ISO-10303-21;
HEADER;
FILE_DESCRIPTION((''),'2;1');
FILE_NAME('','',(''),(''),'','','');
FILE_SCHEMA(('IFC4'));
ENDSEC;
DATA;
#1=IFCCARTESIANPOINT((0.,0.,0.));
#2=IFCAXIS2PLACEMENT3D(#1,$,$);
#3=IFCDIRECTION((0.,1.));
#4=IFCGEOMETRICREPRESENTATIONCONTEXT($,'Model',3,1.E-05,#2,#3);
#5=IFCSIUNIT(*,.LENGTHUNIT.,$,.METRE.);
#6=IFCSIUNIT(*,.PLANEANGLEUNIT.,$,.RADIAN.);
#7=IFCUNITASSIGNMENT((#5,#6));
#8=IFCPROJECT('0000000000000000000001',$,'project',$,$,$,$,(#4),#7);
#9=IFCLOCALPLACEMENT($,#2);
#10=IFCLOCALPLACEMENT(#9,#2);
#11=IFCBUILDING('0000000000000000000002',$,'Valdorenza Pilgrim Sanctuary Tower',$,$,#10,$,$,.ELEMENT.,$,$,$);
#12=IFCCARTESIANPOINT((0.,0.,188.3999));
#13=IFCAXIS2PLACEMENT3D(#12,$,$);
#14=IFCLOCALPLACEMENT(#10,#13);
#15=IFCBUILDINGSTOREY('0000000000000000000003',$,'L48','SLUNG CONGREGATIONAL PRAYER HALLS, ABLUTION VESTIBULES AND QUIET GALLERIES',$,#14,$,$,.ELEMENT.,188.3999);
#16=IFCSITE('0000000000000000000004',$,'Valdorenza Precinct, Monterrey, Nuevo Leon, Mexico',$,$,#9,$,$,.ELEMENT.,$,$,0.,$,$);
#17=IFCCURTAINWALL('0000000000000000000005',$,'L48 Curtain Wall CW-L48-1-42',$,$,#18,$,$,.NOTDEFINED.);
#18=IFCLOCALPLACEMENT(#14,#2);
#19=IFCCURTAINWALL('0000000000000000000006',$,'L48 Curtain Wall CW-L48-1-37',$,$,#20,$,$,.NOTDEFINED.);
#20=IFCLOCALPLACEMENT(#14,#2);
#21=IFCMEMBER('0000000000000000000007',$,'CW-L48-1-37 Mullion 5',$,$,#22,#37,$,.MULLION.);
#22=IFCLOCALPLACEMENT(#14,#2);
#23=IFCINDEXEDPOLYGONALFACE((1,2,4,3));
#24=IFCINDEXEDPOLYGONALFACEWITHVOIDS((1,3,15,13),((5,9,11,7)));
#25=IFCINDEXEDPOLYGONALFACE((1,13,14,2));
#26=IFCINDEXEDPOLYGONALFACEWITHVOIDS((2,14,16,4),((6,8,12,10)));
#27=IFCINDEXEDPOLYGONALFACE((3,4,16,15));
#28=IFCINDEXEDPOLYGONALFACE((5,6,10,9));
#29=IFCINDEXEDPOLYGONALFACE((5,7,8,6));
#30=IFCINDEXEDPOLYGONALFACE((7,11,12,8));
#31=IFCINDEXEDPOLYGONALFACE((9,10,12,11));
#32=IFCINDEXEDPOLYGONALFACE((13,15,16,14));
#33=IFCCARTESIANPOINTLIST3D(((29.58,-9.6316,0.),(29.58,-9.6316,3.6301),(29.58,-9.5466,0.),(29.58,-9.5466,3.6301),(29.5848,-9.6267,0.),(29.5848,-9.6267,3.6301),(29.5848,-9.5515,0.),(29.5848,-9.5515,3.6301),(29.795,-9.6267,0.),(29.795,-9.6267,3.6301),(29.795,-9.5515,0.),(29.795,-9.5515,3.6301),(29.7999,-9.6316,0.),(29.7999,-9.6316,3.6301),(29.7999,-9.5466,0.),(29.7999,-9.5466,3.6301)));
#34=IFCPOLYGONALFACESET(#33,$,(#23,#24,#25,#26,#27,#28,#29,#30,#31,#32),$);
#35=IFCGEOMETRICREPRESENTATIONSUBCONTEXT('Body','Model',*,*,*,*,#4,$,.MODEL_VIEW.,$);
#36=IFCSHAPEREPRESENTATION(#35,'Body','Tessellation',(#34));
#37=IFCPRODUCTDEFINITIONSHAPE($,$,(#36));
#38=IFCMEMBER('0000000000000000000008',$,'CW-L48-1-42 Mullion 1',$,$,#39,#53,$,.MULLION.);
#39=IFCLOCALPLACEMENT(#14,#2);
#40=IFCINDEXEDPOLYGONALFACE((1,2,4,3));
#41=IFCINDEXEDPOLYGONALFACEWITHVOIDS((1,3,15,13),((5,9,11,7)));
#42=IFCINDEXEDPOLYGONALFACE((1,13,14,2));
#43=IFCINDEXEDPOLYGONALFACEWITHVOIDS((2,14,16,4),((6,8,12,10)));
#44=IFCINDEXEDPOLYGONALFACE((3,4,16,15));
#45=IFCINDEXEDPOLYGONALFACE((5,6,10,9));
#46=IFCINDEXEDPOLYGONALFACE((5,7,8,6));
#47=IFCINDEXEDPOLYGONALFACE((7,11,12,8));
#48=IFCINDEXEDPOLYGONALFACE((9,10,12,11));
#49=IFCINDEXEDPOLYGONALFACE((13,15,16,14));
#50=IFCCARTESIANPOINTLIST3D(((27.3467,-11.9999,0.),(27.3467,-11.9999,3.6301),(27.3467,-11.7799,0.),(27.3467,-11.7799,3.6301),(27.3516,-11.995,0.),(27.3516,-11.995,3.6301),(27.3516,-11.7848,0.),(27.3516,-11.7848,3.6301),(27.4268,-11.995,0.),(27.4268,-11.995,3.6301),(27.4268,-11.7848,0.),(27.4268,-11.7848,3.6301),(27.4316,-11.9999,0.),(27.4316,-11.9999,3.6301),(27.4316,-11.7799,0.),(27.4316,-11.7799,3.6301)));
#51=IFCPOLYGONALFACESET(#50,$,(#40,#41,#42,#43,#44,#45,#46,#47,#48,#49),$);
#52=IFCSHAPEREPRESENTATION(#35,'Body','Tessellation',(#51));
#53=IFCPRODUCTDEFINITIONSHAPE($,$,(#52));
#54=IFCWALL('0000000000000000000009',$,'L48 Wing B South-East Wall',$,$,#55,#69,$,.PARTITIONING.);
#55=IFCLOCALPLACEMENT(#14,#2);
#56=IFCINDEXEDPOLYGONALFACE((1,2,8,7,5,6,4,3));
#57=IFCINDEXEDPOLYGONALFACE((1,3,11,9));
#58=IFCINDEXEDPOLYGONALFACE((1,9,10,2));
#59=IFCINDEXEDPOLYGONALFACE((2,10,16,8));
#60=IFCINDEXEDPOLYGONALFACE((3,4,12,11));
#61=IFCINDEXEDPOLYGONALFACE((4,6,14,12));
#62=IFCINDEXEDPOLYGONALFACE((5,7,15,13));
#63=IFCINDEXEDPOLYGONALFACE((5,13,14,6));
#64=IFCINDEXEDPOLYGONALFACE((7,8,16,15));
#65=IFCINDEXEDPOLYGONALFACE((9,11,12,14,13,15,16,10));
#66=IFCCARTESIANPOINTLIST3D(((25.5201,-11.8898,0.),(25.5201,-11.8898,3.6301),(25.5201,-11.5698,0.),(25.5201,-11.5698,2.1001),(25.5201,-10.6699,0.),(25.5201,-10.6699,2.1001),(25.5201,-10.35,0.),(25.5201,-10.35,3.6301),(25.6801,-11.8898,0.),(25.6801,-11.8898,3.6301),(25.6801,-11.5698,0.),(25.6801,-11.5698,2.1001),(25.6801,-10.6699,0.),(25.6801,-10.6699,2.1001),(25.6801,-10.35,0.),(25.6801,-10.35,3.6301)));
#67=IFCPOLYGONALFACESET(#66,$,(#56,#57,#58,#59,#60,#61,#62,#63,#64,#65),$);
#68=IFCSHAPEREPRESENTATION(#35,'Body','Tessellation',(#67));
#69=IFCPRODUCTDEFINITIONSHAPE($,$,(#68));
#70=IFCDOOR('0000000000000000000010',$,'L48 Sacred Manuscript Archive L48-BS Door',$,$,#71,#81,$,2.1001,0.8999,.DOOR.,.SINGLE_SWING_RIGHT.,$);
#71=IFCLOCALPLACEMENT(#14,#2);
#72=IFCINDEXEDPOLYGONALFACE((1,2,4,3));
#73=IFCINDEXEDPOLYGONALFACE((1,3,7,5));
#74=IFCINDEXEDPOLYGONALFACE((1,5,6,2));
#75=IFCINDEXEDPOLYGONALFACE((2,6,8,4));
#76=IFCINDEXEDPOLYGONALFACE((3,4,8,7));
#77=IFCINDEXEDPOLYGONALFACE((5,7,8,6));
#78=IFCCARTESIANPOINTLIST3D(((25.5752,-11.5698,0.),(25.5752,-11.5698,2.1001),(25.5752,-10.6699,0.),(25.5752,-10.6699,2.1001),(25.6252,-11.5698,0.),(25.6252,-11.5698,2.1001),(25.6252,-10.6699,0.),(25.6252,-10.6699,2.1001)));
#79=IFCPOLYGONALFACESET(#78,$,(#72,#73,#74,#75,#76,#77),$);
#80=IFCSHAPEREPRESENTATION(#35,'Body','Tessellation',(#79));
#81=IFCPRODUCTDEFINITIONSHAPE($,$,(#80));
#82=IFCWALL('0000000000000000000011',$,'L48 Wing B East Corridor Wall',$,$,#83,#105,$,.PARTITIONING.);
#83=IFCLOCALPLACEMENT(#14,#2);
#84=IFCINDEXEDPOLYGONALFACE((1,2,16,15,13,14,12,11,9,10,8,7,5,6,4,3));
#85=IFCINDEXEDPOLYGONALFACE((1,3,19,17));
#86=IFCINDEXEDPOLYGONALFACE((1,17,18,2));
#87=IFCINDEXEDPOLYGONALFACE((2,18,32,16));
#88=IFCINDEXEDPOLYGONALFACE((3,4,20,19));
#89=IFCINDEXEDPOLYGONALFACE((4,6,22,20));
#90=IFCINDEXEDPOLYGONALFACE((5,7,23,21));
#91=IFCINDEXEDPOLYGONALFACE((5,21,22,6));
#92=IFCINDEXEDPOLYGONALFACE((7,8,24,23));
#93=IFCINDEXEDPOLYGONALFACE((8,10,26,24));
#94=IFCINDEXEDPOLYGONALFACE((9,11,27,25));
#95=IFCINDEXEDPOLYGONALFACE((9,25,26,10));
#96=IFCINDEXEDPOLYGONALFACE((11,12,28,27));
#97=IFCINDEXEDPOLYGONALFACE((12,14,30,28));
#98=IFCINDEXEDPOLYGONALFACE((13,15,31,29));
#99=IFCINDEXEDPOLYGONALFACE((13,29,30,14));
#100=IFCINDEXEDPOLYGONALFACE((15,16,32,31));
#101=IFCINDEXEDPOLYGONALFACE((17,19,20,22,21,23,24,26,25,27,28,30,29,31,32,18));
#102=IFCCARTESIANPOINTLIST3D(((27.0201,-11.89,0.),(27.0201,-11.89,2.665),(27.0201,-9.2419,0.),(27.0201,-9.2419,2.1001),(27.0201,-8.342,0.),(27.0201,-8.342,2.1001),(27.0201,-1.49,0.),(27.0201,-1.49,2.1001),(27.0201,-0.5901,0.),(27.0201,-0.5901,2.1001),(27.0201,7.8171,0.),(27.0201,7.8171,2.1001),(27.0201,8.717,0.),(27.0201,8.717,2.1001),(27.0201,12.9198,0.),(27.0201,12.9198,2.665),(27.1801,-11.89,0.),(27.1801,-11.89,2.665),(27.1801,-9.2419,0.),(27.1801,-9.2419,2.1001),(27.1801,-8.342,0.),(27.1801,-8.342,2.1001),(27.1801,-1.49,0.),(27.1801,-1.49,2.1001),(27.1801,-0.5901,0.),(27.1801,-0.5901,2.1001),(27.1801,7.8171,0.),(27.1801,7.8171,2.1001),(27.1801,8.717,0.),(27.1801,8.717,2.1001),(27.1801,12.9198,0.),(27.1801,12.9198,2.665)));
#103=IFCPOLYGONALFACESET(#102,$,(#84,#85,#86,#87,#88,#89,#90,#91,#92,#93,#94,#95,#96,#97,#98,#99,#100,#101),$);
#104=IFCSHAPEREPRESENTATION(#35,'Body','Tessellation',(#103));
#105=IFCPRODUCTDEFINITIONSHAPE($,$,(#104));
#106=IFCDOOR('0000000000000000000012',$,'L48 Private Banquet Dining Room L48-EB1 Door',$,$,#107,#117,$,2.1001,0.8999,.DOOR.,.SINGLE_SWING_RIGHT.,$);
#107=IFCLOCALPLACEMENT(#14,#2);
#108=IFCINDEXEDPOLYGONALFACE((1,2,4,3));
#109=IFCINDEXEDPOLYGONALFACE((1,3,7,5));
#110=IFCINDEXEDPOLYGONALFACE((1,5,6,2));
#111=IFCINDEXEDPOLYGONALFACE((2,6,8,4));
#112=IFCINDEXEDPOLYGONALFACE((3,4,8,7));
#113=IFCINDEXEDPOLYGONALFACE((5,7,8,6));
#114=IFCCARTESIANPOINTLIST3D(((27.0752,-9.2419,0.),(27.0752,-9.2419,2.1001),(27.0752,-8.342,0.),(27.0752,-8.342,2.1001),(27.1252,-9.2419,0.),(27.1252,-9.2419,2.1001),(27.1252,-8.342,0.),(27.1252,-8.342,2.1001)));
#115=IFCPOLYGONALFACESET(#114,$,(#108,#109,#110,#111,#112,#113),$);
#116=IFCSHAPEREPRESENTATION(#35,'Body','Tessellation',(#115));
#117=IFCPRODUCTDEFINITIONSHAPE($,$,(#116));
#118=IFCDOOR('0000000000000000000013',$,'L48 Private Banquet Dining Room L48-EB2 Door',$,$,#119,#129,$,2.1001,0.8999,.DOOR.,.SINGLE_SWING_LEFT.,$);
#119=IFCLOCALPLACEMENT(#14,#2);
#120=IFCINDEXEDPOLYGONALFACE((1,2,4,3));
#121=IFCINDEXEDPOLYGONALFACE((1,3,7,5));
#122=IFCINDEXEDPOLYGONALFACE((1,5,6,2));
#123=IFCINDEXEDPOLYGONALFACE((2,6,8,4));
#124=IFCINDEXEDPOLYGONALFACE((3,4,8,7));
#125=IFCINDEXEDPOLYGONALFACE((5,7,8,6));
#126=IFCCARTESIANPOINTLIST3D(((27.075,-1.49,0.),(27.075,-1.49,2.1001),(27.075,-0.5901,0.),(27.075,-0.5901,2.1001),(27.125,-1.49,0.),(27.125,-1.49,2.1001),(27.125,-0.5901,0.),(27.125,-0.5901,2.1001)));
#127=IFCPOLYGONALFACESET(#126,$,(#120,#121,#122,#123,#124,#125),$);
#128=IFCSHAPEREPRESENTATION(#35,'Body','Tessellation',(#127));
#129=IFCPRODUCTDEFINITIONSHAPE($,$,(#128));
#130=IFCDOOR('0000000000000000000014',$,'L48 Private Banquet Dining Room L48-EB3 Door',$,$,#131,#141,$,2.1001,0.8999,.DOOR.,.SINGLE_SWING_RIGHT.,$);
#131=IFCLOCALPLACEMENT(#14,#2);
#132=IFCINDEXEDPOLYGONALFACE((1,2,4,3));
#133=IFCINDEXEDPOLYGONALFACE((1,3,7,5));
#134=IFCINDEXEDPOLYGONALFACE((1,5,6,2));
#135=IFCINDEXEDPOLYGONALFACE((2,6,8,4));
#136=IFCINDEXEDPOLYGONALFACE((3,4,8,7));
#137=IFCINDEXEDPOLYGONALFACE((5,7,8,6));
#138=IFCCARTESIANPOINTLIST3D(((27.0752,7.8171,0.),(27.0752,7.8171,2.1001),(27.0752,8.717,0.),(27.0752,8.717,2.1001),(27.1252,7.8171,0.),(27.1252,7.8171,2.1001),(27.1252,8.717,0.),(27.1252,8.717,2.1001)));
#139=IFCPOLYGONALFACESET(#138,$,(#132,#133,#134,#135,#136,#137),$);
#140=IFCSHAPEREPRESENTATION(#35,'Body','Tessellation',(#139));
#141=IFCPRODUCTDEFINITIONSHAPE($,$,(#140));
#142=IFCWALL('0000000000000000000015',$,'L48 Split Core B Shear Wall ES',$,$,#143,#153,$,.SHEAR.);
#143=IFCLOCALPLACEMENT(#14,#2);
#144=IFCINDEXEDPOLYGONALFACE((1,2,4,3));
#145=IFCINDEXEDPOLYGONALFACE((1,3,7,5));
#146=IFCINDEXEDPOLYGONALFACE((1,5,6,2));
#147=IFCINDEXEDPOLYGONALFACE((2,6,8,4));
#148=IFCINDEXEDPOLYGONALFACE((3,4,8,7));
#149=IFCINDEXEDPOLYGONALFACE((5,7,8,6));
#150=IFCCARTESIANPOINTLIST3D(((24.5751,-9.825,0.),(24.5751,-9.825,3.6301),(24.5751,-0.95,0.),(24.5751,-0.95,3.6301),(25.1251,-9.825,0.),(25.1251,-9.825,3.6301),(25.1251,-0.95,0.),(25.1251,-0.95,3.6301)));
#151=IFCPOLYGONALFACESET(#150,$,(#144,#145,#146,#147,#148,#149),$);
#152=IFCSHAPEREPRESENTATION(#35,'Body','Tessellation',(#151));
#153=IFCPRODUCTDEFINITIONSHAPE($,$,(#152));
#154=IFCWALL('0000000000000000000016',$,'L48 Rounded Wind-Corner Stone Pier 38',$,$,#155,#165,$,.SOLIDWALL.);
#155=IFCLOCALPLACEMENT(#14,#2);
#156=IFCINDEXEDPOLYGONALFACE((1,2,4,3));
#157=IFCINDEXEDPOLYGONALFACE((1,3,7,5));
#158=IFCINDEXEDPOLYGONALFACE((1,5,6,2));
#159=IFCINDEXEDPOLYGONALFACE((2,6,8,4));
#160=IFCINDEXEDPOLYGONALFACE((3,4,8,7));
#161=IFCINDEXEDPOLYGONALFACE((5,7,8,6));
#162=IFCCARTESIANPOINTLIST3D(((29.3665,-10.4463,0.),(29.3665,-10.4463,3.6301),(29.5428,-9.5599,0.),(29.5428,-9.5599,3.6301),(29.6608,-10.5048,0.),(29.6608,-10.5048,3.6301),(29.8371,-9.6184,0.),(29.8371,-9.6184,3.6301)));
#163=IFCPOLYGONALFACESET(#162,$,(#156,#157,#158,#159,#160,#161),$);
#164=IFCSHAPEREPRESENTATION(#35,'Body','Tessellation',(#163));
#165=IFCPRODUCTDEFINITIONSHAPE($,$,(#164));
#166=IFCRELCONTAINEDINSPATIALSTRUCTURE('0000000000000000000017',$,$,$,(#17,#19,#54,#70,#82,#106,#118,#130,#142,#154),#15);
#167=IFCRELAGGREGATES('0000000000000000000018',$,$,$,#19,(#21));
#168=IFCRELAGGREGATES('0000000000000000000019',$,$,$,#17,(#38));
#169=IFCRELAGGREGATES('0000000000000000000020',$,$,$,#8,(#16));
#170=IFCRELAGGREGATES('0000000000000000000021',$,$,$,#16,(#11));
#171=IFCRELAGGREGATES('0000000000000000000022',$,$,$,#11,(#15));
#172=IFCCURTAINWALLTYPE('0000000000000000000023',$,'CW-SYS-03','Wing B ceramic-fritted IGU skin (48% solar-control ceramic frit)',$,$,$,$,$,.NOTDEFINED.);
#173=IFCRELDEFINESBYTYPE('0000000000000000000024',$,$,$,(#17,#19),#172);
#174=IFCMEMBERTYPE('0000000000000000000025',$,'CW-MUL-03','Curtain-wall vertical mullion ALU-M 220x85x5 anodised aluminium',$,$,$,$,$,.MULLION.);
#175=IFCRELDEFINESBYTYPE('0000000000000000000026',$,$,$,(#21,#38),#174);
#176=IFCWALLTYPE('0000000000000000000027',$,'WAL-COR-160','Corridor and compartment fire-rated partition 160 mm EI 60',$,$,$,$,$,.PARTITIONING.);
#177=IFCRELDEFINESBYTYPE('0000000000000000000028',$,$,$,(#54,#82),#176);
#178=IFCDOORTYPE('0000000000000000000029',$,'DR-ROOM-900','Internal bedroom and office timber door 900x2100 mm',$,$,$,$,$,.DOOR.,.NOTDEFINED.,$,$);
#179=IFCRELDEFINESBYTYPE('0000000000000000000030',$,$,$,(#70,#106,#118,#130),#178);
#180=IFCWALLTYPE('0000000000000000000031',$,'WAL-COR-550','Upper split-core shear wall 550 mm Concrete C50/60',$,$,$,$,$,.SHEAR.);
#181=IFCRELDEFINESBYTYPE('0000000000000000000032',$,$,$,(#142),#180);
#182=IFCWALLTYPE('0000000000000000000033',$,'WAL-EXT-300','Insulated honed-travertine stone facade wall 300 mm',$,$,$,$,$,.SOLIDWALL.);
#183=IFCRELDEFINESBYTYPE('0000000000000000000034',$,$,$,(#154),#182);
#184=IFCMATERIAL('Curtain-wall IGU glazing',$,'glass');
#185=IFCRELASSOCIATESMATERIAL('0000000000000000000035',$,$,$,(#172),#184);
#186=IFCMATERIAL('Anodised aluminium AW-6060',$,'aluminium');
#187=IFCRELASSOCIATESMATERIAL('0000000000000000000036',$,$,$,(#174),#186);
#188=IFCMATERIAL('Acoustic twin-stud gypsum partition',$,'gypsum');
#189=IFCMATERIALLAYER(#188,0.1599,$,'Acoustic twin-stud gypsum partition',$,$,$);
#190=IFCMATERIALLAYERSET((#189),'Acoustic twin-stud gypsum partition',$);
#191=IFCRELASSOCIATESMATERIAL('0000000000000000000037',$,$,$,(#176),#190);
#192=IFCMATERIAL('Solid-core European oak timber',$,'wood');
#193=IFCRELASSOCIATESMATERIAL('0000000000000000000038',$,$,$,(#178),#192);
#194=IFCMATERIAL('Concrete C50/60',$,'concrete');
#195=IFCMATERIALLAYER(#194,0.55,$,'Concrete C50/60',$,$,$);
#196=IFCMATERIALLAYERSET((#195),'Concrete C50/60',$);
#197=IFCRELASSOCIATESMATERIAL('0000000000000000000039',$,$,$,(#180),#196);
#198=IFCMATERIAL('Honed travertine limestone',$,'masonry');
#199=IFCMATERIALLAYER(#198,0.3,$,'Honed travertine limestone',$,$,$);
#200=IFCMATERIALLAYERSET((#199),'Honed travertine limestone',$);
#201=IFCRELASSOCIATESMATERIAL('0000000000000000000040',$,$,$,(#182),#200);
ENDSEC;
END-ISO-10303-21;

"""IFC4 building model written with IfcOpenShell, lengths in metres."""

from ifc_helpers import new_model, si_unit, direction, frame, frame_2d, origin, origin_2d, place, context, subcontext, project, spatial, rectangle, hollow_rectangle, extrude, source, transform, mapped, material, layer, layer_set, material_profile, profile_set, type_object, element, fill, aggregate, save


model = new_model("IFC4")

# Units and contexts
model_context = context("Model", 3, precision=1e-05, world=origin(), true_north=direction((0.0, 1.0)))
body_context = subcontext(model_context, "Body", "Model", "MODEL_VIEW")
ifc_project = project(units=[si_unit("LENGTHUNIT", "METRE"), si_unit("PLANEANGLEUNIT", "RADIAN")], contexts=[model_context])

# Site, building, storey
site_placement = place(None, origin())
site = spatial("IfcSite", under=ifc_project, at=site_placement, Name="Valdorenza Precinct, Monterrey, Nuevo Leon, Mexico", CompositionType="ELEMENT", RefElevation=0.0)
building_placement = place(site_placement, origin())
building = spatial("IfcBuilding", under=site, at=building_placement, Name="Valdorenza Pilgrim Sanctuary Tower", CompositionType="ELEMENT")
storey_placement = place(building_placement, frame((0.0, 0.0, 188.3999)))
storey = spatial("IfcBuildingStorey", under=building, at=storey_placement, Name="L48", Description="SLUNG CONGREGATIONAL PRAYER HALLS, ABLUTION VESTIBULES AND QUIET GALLERIES", CompositionType="ELEMENT", Elevation=188.3999)

# Shared definitions
ifc_material_1 = material(Name="Concrete C50/60", Category="concrete")

# Curtain walls, member
ifc_material_2 = material(Name="Curtain-wall IGU glazing", Category="glass")
curtain_wall_type = type_object("IfcCurtainWallType", Name="CW-SYS-03", Description="Wing B ceramic-fritted IGU skin (48% solar-control ceramic frit)", PredefinedType="NOTDEFINED", material=ifc_material_2)
curtain_wall_1_placement = place(storey_placement, origin())
curtain_wall_1 = element("IfcCurtainWall", 1, at=curtain_wall_1_placement, inside=storey, type_object=curtain_wall_type, Name="L48 Curtain Wall CW-L48-1-42", PredefinedType="NOTDEFINED")
ifc_material_3 = material(Name="Anodised aluminium AW-6060", Category="aluminium")
curtain_wall_2_placement = place(storey_placement, origin())
curtain_wall_2 = element("IfcCurtainWall", 2, at=curtain_wall_2_placement, inside=storey, type_object=curtain_wall_type, Name="L48 Curtain Wall CW-L48-1-37", PredefinedType="NOTDEFINED")
ifc_material_profile_1 = material_profile(ifc_material_3, hollow_rectangle(XDim=0.085, YDim=0.22, WallThickness=0.0049, at=origin_2d()), Name="ALU-M 220x85x5")
ifc_profile_set_1 = profile_set([ifc_material_profile_1], Name="Anodised aluminium AW-6060")
member_type_1 = type_object("IfcMemberType", Name="CW-MUL-03", Description="Curtain-wall vertical mullion ALU-M 220x85x5 anodised aluminium", PredefinedType="MULLION", material=ifc_profile_set_1)
shared_shape_1 = source(origin(), body_context, "Body", "SweptSolid", [
    extrude(hollow_rectangle(XDim=0.085, YDim=0.22, WallThickness=0.0049, at=origin_2d()), origin(), (0.0, 0.0, 1.0), 3.6301),
])
member_1_placement = place(storey_placement, frame((29.6899, -9.5891, 0.0), z_axis=(0.0, 0.0, 1.0), x_axis=(0.0, -1.0, 0.0)))
member_1 = element("IfcMember", 3, at=member_1_placement, type_object=member_type_1, Name="CW-L48-1-37 Mullion 5", PredefinedType="MULLION", context=body_context, shape_type="MappedRepresentation", body=[
    mapped(shared_shape_1, transform((0.0, 0.0, 0.0), x_axis=(1.0, 0.0, 0.0), y_axis=(0.0, 1.0, 0.0), z_axis=(0.0, 0.0, 1.0), scale=1.0)),
])
aggregate(curtain_wall_2, [member_1])

# Member
member_2_placement = place(storey_placement, frame((27.3892, -11.8899, 0.0), z_axis=(0.0, 0.0, 1.0), x_axis=(-1.0, 0.0, 0.0)))
member_2 = element("IfcMember", 4, at=member_2_placement, type_object=member_type_1, Name="CW-L48-1-42 Mullion 1", PredefinedType="MULLION", context=body_context, shape_type="MappedRepresentation", body=[
    mapped(shared_shape_1, transform((0.0, 0.0, 0.0), x_axis=(1.0, 0.0, 0.0), y_axis=(0.0, 1.0, 0.0), z_axis=(0.0, 0.0, 1.0), scale=1.0)),
])
aggregate(curtain_wall_1, [member_2])

# Wall, opening, door
ifc_material_4 = material(Name="Acoustic twin-stud gypsum partition", Category="gypsum")
ifc_layer_1 = layer(ifc_material_4, 0.1599, Name="Acoustic twin-stud gypsum partition")
ifc_layer_set_1 = layer_set([ifc_layer_1], Name="Acoustic twin-stud gypsum partition")
wall_type_1 = type_object("IfcWallType", Name="WAL-COR-160", Description="Corridor and compartment fire-rated partition 160 mm EI 60", PredefinedType="PARTITIONING", material=ifc_layer_set_1)
wall_1_placement = place(storey_placement, frame((25.6001, -11.8899, 0.0), z_axis=(0.0, 0.0, 1.0), x_axis=(0.0, 1.0, 0.0)))
wall_1 = element("IfcWall", 5, at=wall_1_placement, inside=storey, type_object=wall_type_1, Name="L48 Wing B South-East Wall", PredefinedType="PARTITIONING", context=body_context, shape_type="SweptSolid", body=[
    extrude(rectangle(XDim=1.5398, YDim=0.1599, at=frame_2d((0.77, 0.0))), origin(), (0.0, 0.0, 1.0), 3.6301),
])
opening_1_placement = place(wall_1_placement, frame((0.3201, 0.0, 0.0)))
opening_1 = element("IfcOpeningElement", 6, at=opening_1_placement, cuts=wall_1, PredefinedType="OPENING", context=body_context, shape_type="SweptSolid", body=[
    extrude(rectangle(XDim=0.8999, YDim=2.1001, at=frame_2d((0.45, 1.05))), frame((0.0, 0.0947, 0.0), z_axis=(0.0, -1.0, 0.0), x_axis=(1.0, 0.0, 0.0)), (0.0, 0.0, 1.0), 0.1897),
])
ifc_material_5 = material(Name="Solid-core European oak timber", Category="wood")
door_type = type_object("IfcDoorType", Name="DR-ROOM-900", Description="Internal bedroom and office timber door 900x2100 mm", OperationType="NOTDEFINED", PredefinedType="DOOR", material=ifc_material_5)
door_1_placement = place(opening_1_placement, origin())
door_1 = element("IfcDoor", 7, at=door_1_placement, inside=storey, type_object=door_type, Name="L48 Sacred Manuscript Archive L48-BS Door", OperationType="SINGLE_SWING_RIGHT", OverallHeight=2.1001, OverallWidth=0.8999, PredefinedType="DOOR", context=body_context, shape_type="SweptSolid", body=[
    extrude(rectangle(XDim=0.8999, YDim=2.1001, at=frame_2d((0.45, 1.05))), frame((0.0, 0.0249, 0.0), z_axis=(0.0, -1.0, 0.0), x_axis=(1.0, 0.0, 0.0)), (0.0, 0.0, 1.0), 0.05),
])
fill(opening_1, door_1)

# Wall, openings, doors
wall_2_placement = place(storey_placement, frame((27.1001, -11.8899, 0.0), z_axis=(0.0, 0.0, 1.0), x_axis=(0.0, 1.0, 0.0)))
wall_2 = element("IfcWall", 8, at=wall_2_placement, inside=storey, type_object=wall_type_1, Name="L48 Wing B East Corridor Wall", PredefinedType="PARTITIONING", context=body_context, shape_type="SweptSolid", body=[
    extrude(rectangle(XDim=24.8098, YDim=0.1599, at=frame_2d((12.4048, 0.0))), origin(), (0.0, 0.0, 1.0), 2.665),
])
opening_2_placement = place(wall_2_placement, frame((2.6479, 0.0, 0.0)))
opening_2 = element("IfcOpeningElement", 9, at=opening_2_placement, cuts=wall_2, PredefinedType="OPENING", context=body_context, shape_type="SweptSolid", body=[
    extrude(rectangle(XDim=0.8999, YDim=2.1001, at=frame_2d((0.45, 1.05))), frame((0.0, 0.0947, 0.0), z_axis=(0.0, -1.0, 0.0), x_axis=(1.0, 0.0, 0.0)), (0.0, 0.0, 1.0), 0.1897),
])
opening_3_placement = place(wall_2_placement, frame((10.3999, 0.0, 0.0)))
opening_3 = element("IfcOpeningElement", 10, at=opening_3_placement, cuts=wall_2, PredefinedType="OPENING", context=body_context, shape_type="SweptSolid", body=[
    extrude(rectangle(XDim=0.8999, YDim=2.1001, at=frame_2d((0.45, 1.05))), frame((0.0, 0.0947, 0.0), z_axis=(0.0, -1.0, 0.0), x_axis=(1.0, 0.0, 0.0)), (0.0, 0.0, 1.0), 0.1897),
])
opening_4_placement = place(wall_2_placement, frame((19.707, 0.0, 0.0)))
opening_4 = element("IfcOpeningElement", 11, at=opening_4_placement, cuts=wall_2, PredefinedType="OPENING", context=body_context, shape_type="SweptSolid", body=[
    extrude(rectangle(XDim=0.8999, YDim=2.1001, at=frame_2d((0.45, 1.05))), frame((0.0, 0.0947, 0.0), z_axis=(0.0, -1.0, 0.0), x_axis=(1.0, 0.0, 0.0)), (0.0, 0.0, 1.0), 0.1897),
])
door_2_placement = place(opening_2_placement, origin())
door_2 = element("IfcDoor", 12, at=door_2_placement, inside=storey, type_object=door_type, Name="L48 Private Banquet Dining Room L48-EB1 Door", OperationType="SINGLE_SWING_RIGHT", OverallHeight=2.1001, OverallWidth=0.8999, PredefinedType="DOOR", context=body_context, shape_type="SweptSolid", body=[
    extrude(rectangle(XDim=0.8999, YDim=2.1001, at=frame_2d((0.45, 1.05))), frame((0.0, 0.0249, 0.0), z_axis=(0.0, -1.0, 0.0), x_axis=(1.0, 0.0, 0.0)), (0.0, 0.0, 1.0), 0.05),
])
fill(opening_2, door_2)
door_3_placement = place(opening_3_placement, frame((0.8999, 0.0, 0.0), z_axis=(0.0, 0.0, 1.0), x_axis=(-1.0, 0.0, 0.0)))
door_3 = element("IfcDoor", 13, at=door_3_placement, inside=storey, type_object=door_type, Name="L48 Private Banquet Dining Room L48-EB2 Door", OperationType="SINGLE_SWING_LEFT", OverallHeight=2.1001, OverallWidth=0.8999, PredefinedType="DOOR", context=body_context, shape_type="SweptSolid", body=[
    extrude(rectangle(XDim=0.8999, YDim=2.1001, at=frame_2d((0.45, 1.05))), frame((0.0, 0.0249, 0.0), z_axis=(0.0, -1.0, 0.0), x_axis=(1.0, 0.0, 0.0)), (0.0, 0.0, 1.0), 0.05),
])
fill(opening_3, door_3)
door_4_placement = place(opening_4_placement, origin())
door_4 = element("IfcDoor", 14, at=door_4_placement, inside=storey, type_object=door_type, Name="L48 Private Banquet Dining Room L48-EB3 Door", OperationType="SINGLE_SWING_RIGHT", OverallHeight=2.1001, OverallWidth=0.8999, PredefinedType="DOOR", context=body_context, shape_type="SweptSolid", body=[
    extrude(rectangle(XDim=0.8999, YDim=2.1001, at=frame_2d((0.45, 1.05))), frame((0.0, 0.0249, 0.0), z_axis=(0.0, -1.0, 0.0), x_axis=(1.0, 0.0, 0.0)), (0.0, 0.0, 1.0), 0.05),
])
fill(opening_4, door_4)

# Walls
ifc_layer_2 = layer(ifc_material_1, 0.55, Name="Concrete C50/60")
ifc_layer_set_2 = layer_set([ifc_layer_2], Name="Concrete C50/60")
wall_type_2 = type_object("IfcWallType", Name="WAL-COR-550", Description="Upper split-core shear wall 550 mm Concrete C50/60", PredefinedType="SHEAR", material=ifc_layer_set_2)
wall_3_placement = place(storey_placement, frame((24.8501, -9.825, 0.0), z_axis=(0.0, 0.0, 1.0), x_axis=(0.0, 1.0, 0.0)))
element("IfcWall", 15, at=wall_3_placement, inside=storey, type_object=wall_type_2, Name="L48 Split Core B Shear Wall ES", PredefinedType="SHEAR", context=body_context, shape_type="SweptSolid", body=[
    extrude(rectangle(XDim=8.875, YDim=0.55, at=frame_2d((4.4375, 0.0))), origin(), (0.0, 0.0, 1.0), 3.6301),
])
ifc_material_6 = material(Name="Honed travertine limestone", Category="masonry")
ifc_layer_3 = layer(ifc_material_6, 0.3, Name="Honed travertine limestone")
ifc_layer_set_3 = layer_set([ifc_layer_3], Name="Honed travertine limestone")
wall_type_3 = type_object("IfcWallType", Name="WAL-EXT-300", Description="Insulated honed-travertine stone facade wall 300 mm", PredefinedType="SOLIDWALL", material=ifc_layer_set_3)
wall_4_placement = place(storey_placement, frame((29.6899, -9.5891, 0.0), z_axis=(0.0, 0.0, 1.0), x_axis=(-0.195025, -0.980798, 0.0)))
element("IfcWall", 16, at=wall_4_placement, inside=storey, type_object=wall_type_3, Name="L48 Rounded Wind-Corner Stone Pier 38", PredefinedType="SOLIDWALL", context=body_context, shape_type="SweptSolid", body=[
    extrude(rectangle(XDim=0.9038, YDim=0.3, at=frame_2d((0.4519, 0.0))), origin(), (0.0, 0.0, 1.0), 3.6301),
])

save(model, "model.ifc")
